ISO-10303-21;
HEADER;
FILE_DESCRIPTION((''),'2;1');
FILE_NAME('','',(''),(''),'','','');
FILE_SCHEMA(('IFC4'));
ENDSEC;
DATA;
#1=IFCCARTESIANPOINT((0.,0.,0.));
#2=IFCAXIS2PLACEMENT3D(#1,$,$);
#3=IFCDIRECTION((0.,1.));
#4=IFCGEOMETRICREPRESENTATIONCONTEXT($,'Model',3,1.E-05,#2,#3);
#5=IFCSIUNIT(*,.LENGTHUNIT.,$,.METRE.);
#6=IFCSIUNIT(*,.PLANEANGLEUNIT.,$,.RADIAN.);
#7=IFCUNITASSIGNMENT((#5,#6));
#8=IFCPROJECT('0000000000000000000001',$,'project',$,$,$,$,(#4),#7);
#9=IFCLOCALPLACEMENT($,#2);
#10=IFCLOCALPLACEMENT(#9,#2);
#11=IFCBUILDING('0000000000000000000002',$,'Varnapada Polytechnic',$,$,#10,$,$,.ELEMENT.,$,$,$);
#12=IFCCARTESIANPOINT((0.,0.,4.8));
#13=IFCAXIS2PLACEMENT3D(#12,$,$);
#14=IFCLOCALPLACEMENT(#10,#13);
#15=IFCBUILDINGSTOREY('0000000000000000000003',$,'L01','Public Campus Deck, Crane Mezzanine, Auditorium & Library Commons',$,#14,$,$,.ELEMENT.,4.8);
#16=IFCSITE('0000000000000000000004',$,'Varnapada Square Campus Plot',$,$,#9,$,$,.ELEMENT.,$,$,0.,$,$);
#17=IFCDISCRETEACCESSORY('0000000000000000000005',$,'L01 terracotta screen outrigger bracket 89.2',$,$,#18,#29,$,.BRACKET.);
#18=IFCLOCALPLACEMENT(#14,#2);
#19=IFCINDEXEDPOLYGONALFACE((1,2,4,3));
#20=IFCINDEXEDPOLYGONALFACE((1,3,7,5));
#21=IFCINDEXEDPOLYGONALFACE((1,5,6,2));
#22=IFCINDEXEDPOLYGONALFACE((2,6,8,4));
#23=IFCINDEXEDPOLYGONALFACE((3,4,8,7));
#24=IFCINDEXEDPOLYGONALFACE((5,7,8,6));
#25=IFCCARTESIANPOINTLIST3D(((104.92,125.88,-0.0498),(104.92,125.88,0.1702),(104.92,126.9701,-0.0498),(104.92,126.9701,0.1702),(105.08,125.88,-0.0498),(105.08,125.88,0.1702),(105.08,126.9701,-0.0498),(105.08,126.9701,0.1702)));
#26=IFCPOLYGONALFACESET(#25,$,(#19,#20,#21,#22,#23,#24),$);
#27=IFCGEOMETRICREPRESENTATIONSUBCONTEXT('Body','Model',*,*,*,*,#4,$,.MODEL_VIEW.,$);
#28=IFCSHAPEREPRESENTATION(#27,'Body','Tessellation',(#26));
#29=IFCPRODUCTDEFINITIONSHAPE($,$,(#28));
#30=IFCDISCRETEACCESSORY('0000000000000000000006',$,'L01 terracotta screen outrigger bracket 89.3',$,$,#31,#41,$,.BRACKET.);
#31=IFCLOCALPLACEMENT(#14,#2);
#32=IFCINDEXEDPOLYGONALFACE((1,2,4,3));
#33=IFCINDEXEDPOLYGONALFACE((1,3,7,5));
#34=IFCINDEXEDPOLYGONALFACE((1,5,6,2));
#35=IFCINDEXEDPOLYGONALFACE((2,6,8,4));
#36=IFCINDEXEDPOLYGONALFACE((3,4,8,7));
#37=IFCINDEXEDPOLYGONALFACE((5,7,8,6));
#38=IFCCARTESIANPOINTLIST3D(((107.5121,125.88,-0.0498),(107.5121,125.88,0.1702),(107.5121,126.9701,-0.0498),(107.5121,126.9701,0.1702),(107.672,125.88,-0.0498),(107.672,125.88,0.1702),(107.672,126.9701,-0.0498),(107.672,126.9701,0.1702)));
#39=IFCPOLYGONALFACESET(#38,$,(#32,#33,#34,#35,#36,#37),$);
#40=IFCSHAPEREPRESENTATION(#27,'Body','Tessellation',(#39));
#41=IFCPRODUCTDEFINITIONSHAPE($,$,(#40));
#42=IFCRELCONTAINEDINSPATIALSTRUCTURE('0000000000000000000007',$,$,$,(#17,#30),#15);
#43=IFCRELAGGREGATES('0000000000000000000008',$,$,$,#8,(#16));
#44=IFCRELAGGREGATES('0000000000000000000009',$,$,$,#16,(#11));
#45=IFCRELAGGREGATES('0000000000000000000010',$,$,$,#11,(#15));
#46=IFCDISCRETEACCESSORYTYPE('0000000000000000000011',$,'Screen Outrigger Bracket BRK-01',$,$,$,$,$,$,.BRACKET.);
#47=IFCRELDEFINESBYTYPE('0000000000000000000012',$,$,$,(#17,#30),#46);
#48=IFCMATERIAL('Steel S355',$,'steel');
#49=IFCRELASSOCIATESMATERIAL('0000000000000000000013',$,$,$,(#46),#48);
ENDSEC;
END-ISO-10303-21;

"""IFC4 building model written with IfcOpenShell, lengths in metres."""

from ifc_helpers import new_model, si_unit, direction, frame, origin, origin_2d, place, context, subcontext, project, spatial, rectangle, extrude, material, type_object, element, save


model = new_model("IFC4")

# Units and contexts
model_context = context("Model", 3, precision=1e-05, world=origin(), true_north=direction((0.0, 1.0)))
body_context = subcontext(model_context, "Body", "Model", "MODEL_VIEW")
ifc_project = project(units=[si_unit("LENGTHUNIT", "METRE"), si_unit("PLANEANGLEUNIT", "RADIAN")], contexts=[model_context])

# Site, building, storey
site_placement = place(None, origin())
site = spatial("IfcSite", under=ifc_project, at=site_placement, Name="Varnapada Square Campus Plot", CompositionType="ELEMENT", RefElevation=0.0)
building_placement = place(site_placement, origin())
building = spatial("IfcBuilding", under=site, at=building_placement, Name="Varnapada Polytechnic", CompositionType="ELEMENT")
storey_placement = place(building_placement, frame((0.0, 0.0, 4.8)))
storey = spatial("IfcBuildingStorey", under=building, at=storey_placement, Name="L01", Description="Public Campus Deck, Crane Mezzanine, Auditorium & Library Commons", CompositionType="ELEMENT", Elevation=4.8)

# Shared definitions
ifc_material_1 = material(Name="Steel S355", Category="steel")

# Discrete accessories
discrete_accessory_type = type_object("IfcDiscreteAccessoryType", Name="Screen Outrigger Bracket BRK-01", PredefinedType="BRACKET", material=ifc_material_1)
for number, where, z_axis, x_axis, name in (
    (1, (105.0, 126.425, -0.0498), (0.0, 0.0, 1.0), (1.0, 0.0, 0.0), "L01 terracotta screen outrigger bracket 89.2"),
    (2, (107.592, 126.425, -0.0498), (0.0, 0.0, 1.0), (1.0, 0.0, 0.0), "L01 terracotta screen outrigger bracket 89.3"),
):
    element("IfcDiscreteAccessory", number, at=place(storey_placement, frame(where, z_axis=z_axis, x_axis=x_axis)), inside=storey, type_object=discrete_accessory_type, Name=name, PredefinedType="BRACKET", context=body_context, shape_type="SweptSolid", body=[
        extrude(rectangle(XDim=0.1599, YDim=1.0901, at=origin_2d()), origin(), (0.0, 0.0, 1.0), 0.22),
    ])

save(model, "model.ifc")
